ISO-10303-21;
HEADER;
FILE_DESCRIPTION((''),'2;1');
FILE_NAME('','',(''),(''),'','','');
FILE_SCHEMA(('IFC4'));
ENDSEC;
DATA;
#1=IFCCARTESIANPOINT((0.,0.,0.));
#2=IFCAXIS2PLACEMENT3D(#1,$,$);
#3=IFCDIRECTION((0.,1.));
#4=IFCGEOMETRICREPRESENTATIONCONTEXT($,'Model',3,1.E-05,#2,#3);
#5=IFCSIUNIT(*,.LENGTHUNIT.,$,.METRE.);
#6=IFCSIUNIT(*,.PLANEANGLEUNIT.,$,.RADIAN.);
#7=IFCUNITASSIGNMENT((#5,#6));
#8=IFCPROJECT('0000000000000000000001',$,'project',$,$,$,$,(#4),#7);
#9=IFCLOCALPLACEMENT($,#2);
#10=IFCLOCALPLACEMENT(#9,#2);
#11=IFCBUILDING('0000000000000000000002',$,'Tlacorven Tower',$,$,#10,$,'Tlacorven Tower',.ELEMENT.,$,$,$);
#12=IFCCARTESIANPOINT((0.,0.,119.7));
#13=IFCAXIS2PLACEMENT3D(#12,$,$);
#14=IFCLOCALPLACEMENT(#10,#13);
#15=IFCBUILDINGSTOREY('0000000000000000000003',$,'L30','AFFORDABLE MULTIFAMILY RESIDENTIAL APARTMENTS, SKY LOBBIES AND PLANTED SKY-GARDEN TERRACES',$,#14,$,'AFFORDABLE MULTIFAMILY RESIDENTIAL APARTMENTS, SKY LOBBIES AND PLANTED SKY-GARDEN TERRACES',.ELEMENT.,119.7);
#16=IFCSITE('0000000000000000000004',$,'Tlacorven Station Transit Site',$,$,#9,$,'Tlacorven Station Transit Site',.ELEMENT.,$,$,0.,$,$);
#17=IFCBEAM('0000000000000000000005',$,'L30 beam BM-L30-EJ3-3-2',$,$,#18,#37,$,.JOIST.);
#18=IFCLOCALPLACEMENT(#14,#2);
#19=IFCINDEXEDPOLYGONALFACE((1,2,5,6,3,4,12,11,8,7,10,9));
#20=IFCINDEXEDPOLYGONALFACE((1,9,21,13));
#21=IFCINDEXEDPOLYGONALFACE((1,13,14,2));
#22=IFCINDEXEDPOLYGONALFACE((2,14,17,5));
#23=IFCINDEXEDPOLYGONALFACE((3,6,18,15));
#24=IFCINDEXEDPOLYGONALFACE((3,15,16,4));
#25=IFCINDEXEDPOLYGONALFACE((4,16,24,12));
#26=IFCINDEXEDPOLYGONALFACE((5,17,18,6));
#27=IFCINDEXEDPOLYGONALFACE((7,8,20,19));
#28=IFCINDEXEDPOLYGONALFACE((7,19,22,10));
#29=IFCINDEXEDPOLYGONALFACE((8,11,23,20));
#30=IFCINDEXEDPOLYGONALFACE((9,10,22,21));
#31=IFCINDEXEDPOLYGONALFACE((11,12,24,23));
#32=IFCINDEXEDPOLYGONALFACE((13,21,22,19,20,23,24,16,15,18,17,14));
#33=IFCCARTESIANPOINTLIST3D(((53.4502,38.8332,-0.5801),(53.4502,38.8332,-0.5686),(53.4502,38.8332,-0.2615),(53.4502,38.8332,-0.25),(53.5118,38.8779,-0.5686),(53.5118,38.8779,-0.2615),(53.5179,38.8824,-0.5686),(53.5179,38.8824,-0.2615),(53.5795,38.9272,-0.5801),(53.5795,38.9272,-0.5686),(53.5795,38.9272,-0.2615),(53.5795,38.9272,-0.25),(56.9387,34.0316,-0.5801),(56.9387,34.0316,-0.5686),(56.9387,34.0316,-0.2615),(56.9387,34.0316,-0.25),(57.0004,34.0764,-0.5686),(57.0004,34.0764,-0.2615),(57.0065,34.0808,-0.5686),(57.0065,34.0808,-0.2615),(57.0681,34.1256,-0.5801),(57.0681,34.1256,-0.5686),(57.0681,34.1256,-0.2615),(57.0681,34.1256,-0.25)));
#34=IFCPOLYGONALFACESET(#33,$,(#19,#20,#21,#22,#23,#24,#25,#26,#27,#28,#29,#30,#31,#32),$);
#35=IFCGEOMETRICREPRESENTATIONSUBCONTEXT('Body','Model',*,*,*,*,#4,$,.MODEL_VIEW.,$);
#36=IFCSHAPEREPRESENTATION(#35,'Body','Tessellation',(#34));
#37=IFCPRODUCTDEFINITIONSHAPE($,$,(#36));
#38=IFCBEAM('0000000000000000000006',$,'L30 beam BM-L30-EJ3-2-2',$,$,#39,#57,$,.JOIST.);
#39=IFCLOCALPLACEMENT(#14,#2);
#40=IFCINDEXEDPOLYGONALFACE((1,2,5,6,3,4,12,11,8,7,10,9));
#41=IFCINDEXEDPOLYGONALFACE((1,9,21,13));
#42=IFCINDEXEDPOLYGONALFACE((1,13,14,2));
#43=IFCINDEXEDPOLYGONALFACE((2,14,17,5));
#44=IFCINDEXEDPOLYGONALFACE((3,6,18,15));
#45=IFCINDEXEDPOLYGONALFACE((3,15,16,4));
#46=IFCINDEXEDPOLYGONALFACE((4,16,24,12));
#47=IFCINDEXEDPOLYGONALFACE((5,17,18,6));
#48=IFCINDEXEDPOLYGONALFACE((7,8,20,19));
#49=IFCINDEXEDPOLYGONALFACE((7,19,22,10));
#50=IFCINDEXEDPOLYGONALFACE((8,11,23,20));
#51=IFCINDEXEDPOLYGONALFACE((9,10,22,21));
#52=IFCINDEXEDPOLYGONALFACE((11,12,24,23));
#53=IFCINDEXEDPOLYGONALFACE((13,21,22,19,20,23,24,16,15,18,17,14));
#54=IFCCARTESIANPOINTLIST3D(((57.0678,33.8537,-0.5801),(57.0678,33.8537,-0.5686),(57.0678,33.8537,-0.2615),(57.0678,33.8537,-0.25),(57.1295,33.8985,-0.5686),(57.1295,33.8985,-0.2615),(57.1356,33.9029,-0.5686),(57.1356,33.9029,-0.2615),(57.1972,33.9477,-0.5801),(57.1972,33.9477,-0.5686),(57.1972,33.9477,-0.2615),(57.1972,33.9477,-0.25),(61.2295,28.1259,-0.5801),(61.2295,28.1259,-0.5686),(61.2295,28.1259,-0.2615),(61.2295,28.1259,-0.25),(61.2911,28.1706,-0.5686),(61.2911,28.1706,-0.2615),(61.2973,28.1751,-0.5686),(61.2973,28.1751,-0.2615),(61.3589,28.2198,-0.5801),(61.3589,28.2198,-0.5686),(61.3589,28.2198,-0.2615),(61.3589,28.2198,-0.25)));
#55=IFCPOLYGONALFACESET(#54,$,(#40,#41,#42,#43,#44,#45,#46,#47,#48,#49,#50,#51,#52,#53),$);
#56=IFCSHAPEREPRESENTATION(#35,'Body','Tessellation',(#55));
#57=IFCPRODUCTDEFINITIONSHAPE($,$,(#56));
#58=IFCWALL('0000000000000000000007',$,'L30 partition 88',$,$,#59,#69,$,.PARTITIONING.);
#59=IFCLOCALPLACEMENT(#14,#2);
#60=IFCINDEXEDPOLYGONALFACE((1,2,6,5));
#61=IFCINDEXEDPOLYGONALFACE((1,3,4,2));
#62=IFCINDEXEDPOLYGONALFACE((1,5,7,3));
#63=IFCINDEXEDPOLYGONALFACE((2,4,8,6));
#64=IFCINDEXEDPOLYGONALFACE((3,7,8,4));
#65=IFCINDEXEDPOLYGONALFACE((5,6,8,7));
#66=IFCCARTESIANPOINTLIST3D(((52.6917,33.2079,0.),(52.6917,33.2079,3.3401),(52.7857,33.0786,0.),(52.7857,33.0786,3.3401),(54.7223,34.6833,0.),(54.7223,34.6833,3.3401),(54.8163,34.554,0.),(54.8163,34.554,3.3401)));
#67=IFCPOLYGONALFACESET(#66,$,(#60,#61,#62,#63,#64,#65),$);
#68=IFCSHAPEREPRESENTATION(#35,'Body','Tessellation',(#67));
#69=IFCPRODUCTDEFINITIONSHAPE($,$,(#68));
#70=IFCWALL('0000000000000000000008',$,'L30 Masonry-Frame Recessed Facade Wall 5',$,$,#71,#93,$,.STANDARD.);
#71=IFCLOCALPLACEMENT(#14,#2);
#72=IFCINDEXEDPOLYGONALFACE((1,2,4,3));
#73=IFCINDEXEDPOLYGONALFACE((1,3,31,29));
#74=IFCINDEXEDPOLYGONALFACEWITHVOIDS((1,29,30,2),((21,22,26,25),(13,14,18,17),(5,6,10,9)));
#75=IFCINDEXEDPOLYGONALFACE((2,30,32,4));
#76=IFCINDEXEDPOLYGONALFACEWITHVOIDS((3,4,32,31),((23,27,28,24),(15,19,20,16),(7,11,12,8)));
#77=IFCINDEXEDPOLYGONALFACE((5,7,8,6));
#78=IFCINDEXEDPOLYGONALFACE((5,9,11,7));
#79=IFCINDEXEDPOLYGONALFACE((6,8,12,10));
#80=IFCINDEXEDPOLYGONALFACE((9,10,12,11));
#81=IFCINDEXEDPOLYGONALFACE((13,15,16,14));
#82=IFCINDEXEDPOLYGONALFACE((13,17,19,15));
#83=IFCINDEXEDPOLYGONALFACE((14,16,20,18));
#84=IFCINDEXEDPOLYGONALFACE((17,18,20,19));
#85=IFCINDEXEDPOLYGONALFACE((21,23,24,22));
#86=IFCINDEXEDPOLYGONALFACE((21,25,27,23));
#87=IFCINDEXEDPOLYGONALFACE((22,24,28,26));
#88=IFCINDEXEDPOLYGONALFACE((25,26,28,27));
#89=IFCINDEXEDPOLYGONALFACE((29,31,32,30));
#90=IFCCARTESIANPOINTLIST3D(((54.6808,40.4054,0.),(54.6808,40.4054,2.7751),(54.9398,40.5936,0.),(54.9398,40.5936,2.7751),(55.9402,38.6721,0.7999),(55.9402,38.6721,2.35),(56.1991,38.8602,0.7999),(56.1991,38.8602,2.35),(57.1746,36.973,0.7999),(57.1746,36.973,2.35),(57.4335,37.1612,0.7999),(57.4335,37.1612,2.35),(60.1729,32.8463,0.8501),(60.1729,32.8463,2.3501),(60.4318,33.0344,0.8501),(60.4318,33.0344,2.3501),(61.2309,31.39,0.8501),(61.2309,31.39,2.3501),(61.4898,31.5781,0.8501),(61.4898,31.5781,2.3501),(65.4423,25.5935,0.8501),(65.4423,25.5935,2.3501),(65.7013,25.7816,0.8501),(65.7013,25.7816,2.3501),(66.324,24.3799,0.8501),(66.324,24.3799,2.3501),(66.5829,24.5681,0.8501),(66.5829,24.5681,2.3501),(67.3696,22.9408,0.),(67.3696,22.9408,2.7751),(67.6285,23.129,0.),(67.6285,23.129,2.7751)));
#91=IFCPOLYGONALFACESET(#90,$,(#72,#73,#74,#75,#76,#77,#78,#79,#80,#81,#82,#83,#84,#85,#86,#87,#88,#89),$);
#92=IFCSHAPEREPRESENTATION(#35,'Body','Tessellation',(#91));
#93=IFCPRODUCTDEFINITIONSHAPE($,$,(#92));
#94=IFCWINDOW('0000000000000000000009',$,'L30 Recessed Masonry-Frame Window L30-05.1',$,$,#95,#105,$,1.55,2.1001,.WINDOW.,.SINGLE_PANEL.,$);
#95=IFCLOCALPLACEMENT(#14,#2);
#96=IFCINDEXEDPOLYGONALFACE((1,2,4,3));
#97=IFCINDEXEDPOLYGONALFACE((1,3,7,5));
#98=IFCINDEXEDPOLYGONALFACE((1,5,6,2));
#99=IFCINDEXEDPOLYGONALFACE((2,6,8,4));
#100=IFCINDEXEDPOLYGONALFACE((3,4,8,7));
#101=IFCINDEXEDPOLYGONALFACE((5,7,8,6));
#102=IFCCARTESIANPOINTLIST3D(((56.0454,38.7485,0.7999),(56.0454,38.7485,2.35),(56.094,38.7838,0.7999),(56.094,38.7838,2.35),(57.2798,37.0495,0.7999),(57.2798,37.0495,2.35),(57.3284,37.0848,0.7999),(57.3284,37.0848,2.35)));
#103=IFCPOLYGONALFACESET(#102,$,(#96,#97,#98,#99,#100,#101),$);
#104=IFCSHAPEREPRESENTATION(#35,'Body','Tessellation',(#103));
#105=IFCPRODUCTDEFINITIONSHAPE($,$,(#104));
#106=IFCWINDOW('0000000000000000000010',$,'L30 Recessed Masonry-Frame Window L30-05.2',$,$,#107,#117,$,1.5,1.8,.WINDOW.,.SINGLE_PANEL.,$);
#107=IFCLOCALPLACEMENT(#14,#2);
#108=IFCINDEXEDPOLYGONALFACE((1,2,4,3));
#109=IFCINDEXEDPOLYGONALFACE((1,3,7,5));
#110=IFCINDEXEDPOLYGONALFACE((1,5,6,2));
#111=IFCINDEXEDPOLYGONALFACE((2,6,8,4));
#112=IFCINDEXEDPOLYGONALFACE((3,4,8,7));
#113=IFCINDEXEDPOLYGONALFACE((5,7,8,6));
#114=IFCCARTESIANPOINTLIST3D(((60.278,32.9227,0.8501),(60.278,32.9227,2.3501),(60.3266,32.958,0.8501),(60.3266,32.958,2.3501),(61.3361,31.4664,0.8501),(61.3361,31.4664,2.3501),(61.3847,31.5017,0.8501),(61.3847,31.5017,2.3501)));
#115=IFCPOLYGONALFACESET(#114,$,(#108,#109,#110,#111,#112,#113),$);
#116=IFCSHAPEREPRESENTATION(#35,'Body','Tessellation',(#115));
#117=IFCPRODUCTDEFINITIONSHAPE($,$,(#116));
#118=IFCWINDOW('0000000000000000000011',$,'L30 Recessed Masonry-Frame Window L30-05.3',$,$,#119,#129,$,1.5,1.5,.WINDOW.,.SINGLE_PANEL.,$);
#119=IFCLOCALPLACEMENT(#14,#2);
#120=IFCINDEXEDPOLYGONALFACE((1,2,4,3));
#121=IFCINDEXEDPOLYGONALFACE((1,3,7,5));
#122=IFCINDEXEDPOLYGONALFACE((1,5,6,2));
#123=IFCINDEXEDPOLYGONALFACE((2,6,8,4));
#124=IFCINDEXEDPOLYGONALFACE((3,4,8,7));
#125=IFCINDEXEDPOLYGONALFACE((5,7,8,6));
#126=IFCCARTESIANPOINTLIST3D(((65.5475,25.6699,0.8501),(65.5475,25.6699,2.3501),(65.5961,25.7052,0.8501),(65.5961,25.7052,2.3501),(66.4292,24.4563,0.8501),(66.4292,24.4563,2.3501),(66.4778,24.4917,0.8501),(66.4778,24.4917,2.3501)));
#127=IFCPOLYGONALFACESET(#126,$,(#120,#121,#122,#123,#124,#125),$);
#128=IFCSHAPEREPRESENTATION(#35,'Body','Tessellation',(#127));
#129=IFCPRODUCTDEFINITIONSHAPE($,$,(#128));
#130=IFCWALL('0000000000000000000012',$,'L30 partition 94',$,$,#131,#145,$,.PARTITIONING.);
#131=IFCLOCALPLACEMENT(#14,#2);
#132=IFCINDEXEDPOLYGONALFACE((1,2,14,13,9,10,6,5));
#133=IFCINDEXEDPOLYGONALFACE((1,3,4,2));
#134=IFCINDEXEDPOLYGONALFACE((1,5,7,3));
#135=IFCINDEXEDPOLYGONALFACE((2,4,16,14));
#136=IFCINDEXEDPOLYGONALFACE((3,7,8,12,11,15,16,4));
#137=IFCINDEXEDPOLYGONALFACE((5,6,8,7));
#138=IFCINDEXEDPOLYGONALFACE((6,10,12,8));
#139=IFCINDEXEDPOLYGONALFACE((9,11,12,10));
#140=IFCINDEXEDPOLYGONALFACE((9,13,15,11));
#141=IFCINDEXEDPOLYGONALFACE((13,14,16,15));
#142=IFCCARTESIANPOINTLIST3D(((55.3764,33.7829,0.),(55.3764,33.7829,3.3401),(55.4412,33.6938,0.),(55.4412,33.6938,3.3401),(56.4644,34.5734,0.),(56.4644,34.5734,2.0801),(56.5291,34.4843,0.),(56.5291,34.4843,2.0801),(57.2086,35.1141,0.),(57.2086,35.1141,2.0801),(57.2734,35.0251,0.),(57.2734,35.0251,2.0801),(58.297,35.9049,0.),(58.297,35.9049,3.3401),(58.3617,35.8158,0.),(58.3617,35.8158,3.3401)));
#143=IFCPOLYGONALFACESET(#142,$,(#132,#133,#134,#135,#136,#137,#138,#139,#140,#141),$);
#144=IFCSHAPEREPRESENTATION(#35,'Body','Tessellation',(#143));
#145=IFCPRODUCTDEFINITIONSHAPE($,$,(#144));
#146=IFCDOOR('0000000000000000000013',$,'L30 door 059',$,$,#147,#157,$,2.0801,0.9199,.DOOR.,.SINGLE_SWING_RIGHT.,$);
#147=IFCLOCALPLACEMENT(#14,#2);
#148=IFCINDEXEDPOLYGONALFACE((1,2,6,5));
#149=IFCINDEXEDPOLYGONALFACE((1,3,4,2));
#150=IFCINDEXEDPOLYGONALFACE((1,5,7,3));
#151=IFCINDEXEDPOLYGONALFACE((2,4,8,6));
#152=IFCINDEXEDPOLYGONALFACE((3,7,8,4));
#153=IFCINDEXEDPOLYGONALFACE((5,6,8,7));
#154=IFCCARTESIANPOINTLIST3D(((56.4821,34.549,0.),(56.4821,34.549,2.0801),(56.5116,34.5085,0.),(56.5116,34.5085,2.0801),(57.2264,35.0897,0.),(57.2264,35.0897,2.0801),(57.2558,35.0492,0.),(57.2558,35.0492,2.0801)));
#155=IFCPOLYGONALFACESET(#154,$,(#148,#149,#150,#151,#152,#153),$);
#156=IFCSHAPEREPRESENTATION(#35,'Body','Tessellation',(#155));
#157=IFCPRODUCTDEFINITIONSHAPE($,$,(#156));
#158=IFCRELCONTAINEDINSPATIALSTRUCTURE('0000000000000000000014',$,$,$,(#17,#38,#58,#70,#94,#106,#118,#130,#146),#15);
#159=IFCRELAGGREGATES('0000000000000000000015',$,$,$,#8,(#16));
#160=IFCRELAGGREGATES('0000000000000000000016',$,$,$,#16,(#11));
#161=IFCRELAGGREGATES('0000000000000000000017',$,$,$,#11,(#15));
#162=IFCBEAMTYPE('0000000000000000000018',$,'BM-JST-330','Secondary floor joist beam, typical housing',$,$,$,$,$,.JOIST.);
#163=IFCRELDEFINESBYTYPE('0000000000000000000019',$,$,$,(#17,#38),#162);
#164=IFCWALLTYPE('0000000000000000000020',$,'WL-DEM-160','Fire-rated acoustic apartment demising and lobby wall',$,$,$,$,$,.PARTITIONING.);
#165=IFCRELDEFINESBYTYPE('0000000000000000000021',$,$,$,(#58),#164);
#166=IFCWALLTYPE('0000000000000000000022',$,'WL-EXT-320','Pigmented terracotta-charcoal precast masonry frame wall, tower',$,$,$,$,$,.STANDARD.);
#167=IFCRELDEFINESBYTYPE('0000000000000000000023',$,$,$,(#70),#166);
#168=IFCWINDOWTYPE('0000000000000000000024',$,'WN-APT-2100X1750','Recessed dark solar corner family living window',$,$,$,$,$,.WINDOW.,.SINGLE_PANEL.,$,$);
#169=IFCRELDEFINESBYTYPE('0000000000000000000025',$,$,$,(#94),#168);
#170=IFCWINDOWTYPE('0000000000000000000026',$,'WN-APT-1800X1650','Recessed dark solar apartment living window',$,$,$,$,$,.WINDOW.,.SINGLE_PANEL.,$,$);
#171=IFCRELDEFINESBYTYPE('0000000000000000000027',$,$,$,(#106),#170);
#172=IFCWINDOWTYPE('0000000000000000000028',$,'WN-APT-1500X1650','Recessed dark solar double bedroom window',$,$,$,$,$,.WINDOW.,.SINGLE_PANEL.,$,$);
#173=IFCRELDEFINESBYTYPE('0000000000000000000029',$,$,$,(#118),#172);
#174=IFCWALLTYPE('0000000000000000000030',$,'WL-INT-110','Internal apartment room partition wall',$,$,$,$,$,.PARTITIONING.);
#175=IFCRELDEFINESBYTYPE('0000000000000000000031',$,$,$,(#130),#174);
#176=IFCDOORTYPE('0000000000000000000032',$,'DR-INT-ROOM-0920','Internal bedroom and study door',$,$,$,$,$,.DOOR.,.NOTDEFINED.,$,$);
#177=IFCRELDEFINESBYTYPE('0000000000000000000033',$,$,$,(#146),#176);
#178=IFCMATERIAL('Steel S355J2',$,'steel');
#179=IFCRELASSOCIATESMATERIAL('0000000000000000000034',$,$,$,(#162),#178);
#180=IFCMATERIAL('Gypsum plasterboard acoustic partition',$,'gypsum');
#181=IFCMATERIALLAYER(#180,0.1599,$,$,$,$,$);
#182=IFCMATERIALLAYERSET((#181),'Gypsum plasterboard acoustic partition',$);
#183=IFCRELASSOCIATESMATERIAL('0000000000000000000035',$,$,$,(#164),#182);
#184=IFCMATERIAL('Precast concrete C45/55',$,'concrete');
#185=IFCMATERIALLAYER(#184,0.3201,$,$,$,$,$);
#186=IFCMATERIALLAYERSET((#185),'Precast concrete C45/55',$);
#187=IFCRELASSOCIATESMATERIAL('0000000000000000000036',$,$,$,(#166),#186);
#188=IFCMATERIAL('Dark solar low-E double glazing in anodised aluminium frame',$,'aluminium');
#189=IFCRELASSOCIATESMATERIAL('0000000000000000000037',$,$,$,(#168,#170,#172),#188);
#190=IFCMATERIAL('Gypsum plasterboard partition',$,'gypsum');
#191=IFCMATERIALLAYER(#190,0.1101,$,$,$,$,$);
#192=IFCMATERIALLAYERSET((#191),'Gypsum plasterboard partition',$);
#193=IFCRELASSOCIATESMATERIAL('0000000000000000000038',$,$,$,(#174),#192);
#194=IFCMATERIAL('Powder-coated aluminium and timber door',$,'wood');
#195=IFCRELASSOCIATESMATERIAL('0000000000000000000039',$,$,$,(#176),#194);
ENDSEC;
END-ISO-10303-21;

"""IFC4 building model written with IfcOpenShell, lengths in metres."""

from ifc_helpers import new_model, si_unit, direction, frame, frame_2d, origin, origin_2d, place, context, subcontext, project, spatial, rectangle, i_section, extrude, source, transform, mapped, material, layer, layer_set, material_profile, profile_set, type_object, element, fill, save


model = new_model("IFC4")

# Units and contexts
model_context = context("Model", 3, precision=1e-05, world=origin(), true_north=direction((0.0, 1.0)))
body_context = subcontext(model_context, "Body", "Model", "MODEL_VIEW")
ifc_project = project(units=[si_unit("LENGTHUNIT", "METRE"), si_unit("PLANEANGLEUNIT", "RADIAN")], contexts=[model_context])

# Site, building, storey
site_placement = place(None, origin())
site = spatial("IfcSite", under=ifc_project, at=site_placement, Name="Tlacorven Station Transit Site", LongName="Tlacorven Station Transit Site", CompositionType="ELEMENT", RefElevation=0.0)
building_placement = place(site_placement, origin())
building = spatial("IfcBuilding", under=site, at=building_placement, Name="Tlacorven Tower", LongName="Tlacorven Tower", CompositionType="ELEMENT")
storey_placement = place(building_placement, frame((0.0, 0.0, 119.7)))
storey = spatial("IfcBuildingStorey", under=building, at=storey_placement, Name="L30", Description="AFFORDABLE MULTIFAMILY RESIDENTIAL APARTMENTS, SKY LOBBIES AND PLANTED SKY-GARDEN TERRACES", LongName="AFFORDABLE MULTIFAMILY RESIDENTIAL APARTMENTS, SKY LOBBIES AND PLANTED SKY-GARDEN TERRACES", CompositionType="ELEMENT", Elevation=119.7)

# Beams
ifc_material_1 = material(Name="Steel S355J2", Category="steel")
ifc_material_profile_1 = material_profile(ifc_material_1, i_section(OverallWidth=0.1599, OverallDepth=0.3301, WebThickness=0.0076, FlangeThickness=0.0115, at=origin_2d()), Name="IPE 330")
ifc_profile_set_1 = profile_set([ifc_material_profile_1], Name="Steel S355J2")
beam_type_1 = type_object("IfcBeamType", Name="BM-JST-330", Description="Secondary floor joist beam, typical housing", PredefinedType="JOIST", material=ifc_profile_set_1)
shared_shape_1 = source(origin(), body_context, "Body", "SweptSolid", [
    extrude(i_section(OverallWidth=0.1599, OverallDepth=0.3301, WebThickness=0.0076, FlangeThickness=0.0115, at=origin_2d()), origin(), (0.0, 0.0, 1.0), 5.9351),
])
for number, where, z_axis, x_axis, name in (
    (1, (57.0034, 34.0786, -0.415), (-0.587788, 0.809015, 0.0), (-0.809015, -0.587788, 0.0), "L30 beam BM-L30-EJ3-3-2"),
):
    element("IfcBeam", number, at=place(storey_placement, frame(where, z_axis=z_axis, x_axis=x_axis)), inside=storey, type_object=beam_type_1, Name=name, PredefinedType="JOIST", context=body_context, shape_type="MappedRepresentation", body=[
        mapped(shared_shape_1, transform((0.0, 0.0, 0.0), scale=1.0)),
    ])
shared_shape_2 = source(origin(), body_context, "Body", "SweptSolid", [
    extrude(i_section(OverallWidth=0.1599, OverallDepth=0.3301, WebThickness=0.0076, FlangeThickness=0.0115, at=origin_2d()), origin(), (0.0, 0.0, 1.0), 7.0801),
])
beam_1_placement = place(storey_placement, frame((61.2942, 28.1729, -0.415), z_axis=(-0.587798, 0.809007, 0.0), x_axis=(-0.809007, -0.587798, 0.0)))
element("IfcBeam", 2, at=beam_1_placement, inside=storey, type_object=beam_type_1, Name="L30 beam BM-L30-EJ3-2-2", PredefinedType="JOIST", context=body_context, shape_type="MappedRepresentation", body=[
    mapped(shared_shape_2, transform((0.0, 0.0, 0.0), scale=1.0)),
])

# Wall
ifc_material_2 = material(Name="Gypsum plasterboard acoustic partition", Category="gypsum")
ifc_layer_1 = layer(ifc_material_2, 0.1599)
ifc_layer_set_1 = layer_set([ifc_layer_1], Name="Gypsum plasterboard acoustic partition")
wall_type_1 = type_object("IfcWallType", Name="WL-DEM-160", Description="Fire-rated acoustic apartment demising and lobby wall", PredefinedType="PARTITIONING", material=ifc_layer_set_1)
wall_1_placement = place(storey_placement, frame((52.7388, 33.1433, 0.0), z_axis=(0.0, 0.0, 1.0), x_axis=(0.809001, 0.587807, 0.0)))
element("IfcWall", 3, at=wall_1_placement, inside=storey, type_object=wall_type_1, Name="L30 partition 88", PredefinedType="PARTITIONING", context=body_context, shape_type="SweptSolid", body=[
    extrude(rectangle(XDim=2.51, YDim=0.1599, at=frame_2d((1.2549, 0.0))), origin(), (0.0, 0.0, 1.0), 3.3401),
])

# Wall, openings, windows
ifc_material_3 = material(Name="Precast concrete C45/55", Category="concrete")
ifc_layer_2 = layer(ifc_material_3, 0.3201)
ifc_layer_set_2 = layer_set([ifc_layer_2], Name="Precast concrete C45/55")
wall_type_2 = type_object("IfcWallType", Name="WL-EXT-320", Description="Pigmented terracotta-charcoal precast masonry frame wall, tower", PredefinedType="STANDARD", material=ifc_layer_set_2)
wall_2_placement = place(storey_placement, frame((54.8103, 40.4995, 0.0), z_axis=(0.0, 0.0, 1.0), x_axis=(0.587784, -0.809018, 0.0)))
wall_2 = element("IfcWall", 4, at=wall_2_placement, inside=storey, type_object=wall_type_2, Name="L30 Masonry-Frame Recessed Facade Wall 5", PredefinedType="STANDARD", context=body_context, shape_type="SweptSolid", body=[
    extrude(rectangle(XDim=21.5874, YDim=0.3201, at=frame_2d((10.7937, 0.0))), origin(), (0.0, 0.0, 1.0), 2.7751),
])
opening_1_placement = place(wall_2_placement, frame((2.1426, 0.0, 0.8)))
opening_1 = element("IfcOpeningElement", 5, at=opening_1_placement, cuts=wall_2, PredefinedType="OPENING", context=body_context, shape_type="SweptSolid", body=[
    extrude(rectangle(XDim=2.1001, YDim=1.55, at=frame_2d((1.05, 0.7749))), frame((0.0, 0.1699, 0.0), z_axis=(0.0, -1.0, 0.0), x_axis=(1.0, 0.0, 0.0)), (0.0, 0.0, 1.0), 0.3401),
])
opening_2_placement = place(wall_2_placement, frame((9.3438, 0.0, 0.8501)))
opening_2 = element("IfcOpeningElement", 6, at=opening_2_placement, cuts=wall_2, PredefinedType="OPENING", context=body_context, shape_type="SweptSolid", body=[
    extrude(rectangle(XDim=1.8, YDim=1.5, at=frame_2d((0.8999, 0.75))), frame((0.0, 0.1699, 0.0), z_axis=(0.0, -1.0, 0.0), x_axis=(1.0, 0.0, 0.0)), (0.0, 0.0, 1.0), 0.3401),
])
opening_3_placement = place(wall_2_placement, frame((18.3086, 0.0, 0.8501)))
opening_3 = element("IfcOpeningElement", 7, at=opening_3_placement, cuts=wall_2, PredefinedType="OPENING", context=body_context, shape_type="SweptSolid", body=[
    extrude(rectangle(XDim=1.5, YDim=1.5, at=frame_2d((0.75, 0.75))), frame((0.0, 0.1699, 0.0), z_axis=(0.0, -1.0, 0.0), x_axis=(1.0, 0.0, 0.0)), (0.0, 0.0, 1.0), 0.3401),
])
ifc_material_4 = material(Name="Dark solar low-E double glazing in anodised aluminium frame", Category="aluminium")
window_type_1 = type_object("IfcWindowType", Name="WN-APT-2100X1750", Description="Recessed dark solar corner family living window", PartitioningType="SINGLE_PANEL", PredefinedType="WINDOW", material=ifc_material_4)
shared_shape_3 = source(origin(), body_context, "Body", "SweptSolid", [
    extrude(rectangle(XDim=2.1001, YDim=1.55, at=frame_2d((1.05, 0.7749))), frame((0.0, 0.03, 0.0), z_axis=(0.0, -1.0, 0.0), x_axis=(1.0, 0.0, 0.0)), (0.0, 0.0, 1.0), 0.0601),
])
window_1_placement = place(opening_1_placement, origin())
window_1 = element("IfcWindow", 8, at=window_1_placement, inside=storey, type_object=window_type_1, Name="L30 Recessed Masonry-Frame Window L30-05.1", OverallHeight=1.55, OverallWidth=2.1001, PartitioningType="SINGLE_PANEL", PredefinedType="WINDOW", context=body_context, shape_type="MappedRepresentation", body=[
    mapped(shared_shape_3, transform((0.0, 0.0, 0.0), scale=1.0)),
])
fill(opening_1, window_1)
window_type_2 = type_object("IfcWindowType", Name="WN-APT-1800X1650", Description="Recessed dark solar apartment living window", PartitioningType="SINGLE_PANEL", PredefinedType="WINDOW", material=ifc_material_4)
shared_shape_4 = source(origin(), body_context, "Body", "SweptSolid", [
    extrude(rectangle(XDim=1.8, YDim=1.5, at=frame_2d((0.8999, 0.75))), frame((0.0, 0.03, 0.0), z_axis=(0.0, -1.0, 0.0), x_axis=(1.0, 0.0, 0.0)), (0.0, 0.0, 1.0), 0.0601),
])
window_2_placement = place(opening_2_placement, origin())
window_2 = element("IfcWindow", 9, at=window_2_placement, inside=storey, type_object=window_type_2, Name="L30 Recessed Masonry-Frame Window L30-05.2", OverallHeight=1.5, OverallWidth=1.8, PartitioningType="SINGLE_PANEL", PredefinedType="WINDOW", context=body_context, shape_type="MappedRepresentation", body=[
    mapped(shared_shape_4, transform((0.0, 0.0, 0.0), scale=1.0)),
])
fill(opening_2, window_2)
window_type_3 = type_object("IfcWindowType", Name="WN-APT-1500X1650", Description="Recessed dark solar double bedroom window", PartitioningType="SINGLE_PANEL", PredefinedType="WINDOW", material=ifc_material_4)
shared_shape_5 = source(origin(), body_context, "Body", "SweptSolid", [
    extrude(rectangle(XDim=1.5, YDim=1.5, at=frame_2d((0.75, 0.75))), frame((0.0, 0.03, 0.0), z_axis=(0.0, -1.0, 0.0), x_axis=(1.0, 0.0, 0.0)), (0.0, 0.0, 1.0), 0.0601),
])
window_3_placement = place(opening_3_placement, origin())
window_3 = element("IfcWindow", 10, at=window_3_placement, inside=storey, type_object=window_type_3, Name="L30 Recessed Masonry-Frame Window L30-05.3", OverallHeight=1.5, OverallWidth=1.5, PartitioningType="SINGLE_PANEL", PredefinedType="WINDOW", context=body_context, shape_type="MappedRepresentation", body=[
    mapped(shared_shape_5, transform((0.0, 0.0, 0.0), scale=1.0)),
])
fill(opening_3, window_3)

# Wall, opening, door
ifc_material_5 = material(Name="Gypsum plasterboard partition", Category="gypsum")
ifc_layer_3 = layer(ifc_material_5, 0.1101)
ifc_layer_set_3 = layer_set([ifc_layer_3], Name="Gypsum plasterboard partition")
wall_type_3 = type_object("IfcWallType", Name="WL-INT-110", Description="Internal apartment room partition wall", PredefinedType="PARTITIONING", material=ifc_layer_set_3)
wall_3_placement = place(storey_placement, frame((55.4087, 33.7383, 0.0), z_axis=(0.0, 0.0, 1.0), x_axis=(0.809005, 0.587802, 0.0)))
wall_3 = element("IfcWall", 11, at=wall_3_placement, inside=storey, type_object=wall_type_3, Name="L30 partition 94", PredefinedType="PARTITIONING", context=body_context, shape_type="SweptSolid", body=[
    extrude(rectangle(XDim=3.6101, YDim=0.1101, at=frame_2d((1.8052, 0.0))), origin(), (0.0, 0.0, 1.0), 3.3401),
])
opening_4_placement = place(wall_3_placement, frame((1.345, 0.0, 0.0)))
opening_4 = element("IfcOpeningElement", 12, at=opening_4_placement, cuts=wall_3, PredefinedType="OPENING", context=body_context, shape_type="SweptSolid", body=[
    extrude(rectangle(XDim=0.9199, YDim=2.0801, at=frame_2d((0.46, 1.04))), frame((0.0, 0.0649, 0.0), z_axis=(0.0, -1.0, 0.0), x_axis=(1.0, 0.0, 0.0)), (0.0, 0.0, 1.0), 0.1301),
])
ifc_material_6 = material(Name="Powder-coated aluminium and timber door", Category="wood")
door_type = type_object("IfcDoorType", Name="DR-INT-ROOM-0920", Description="Internal bedroom and study door", OperationType="NOTDEFINED", PredefinedType="DOOR", material=ifc_material_6)
shared_shape_6 = source(origin(), body_context, "Body", "SweptSolid", [
    extrude(rectangle(XDim=0.9199, YDim=2.0801, at=frame_2d((0.46, 1.04))), frame((0.0, 0.0249, 0.0), z_axis=(0.0, -1.0, 0.0), x_axis=(1.0, 0.0, 0.0)), (0.0, 0.0, 1.0), 0.05),
])
door_placement = place(opening_4_placement, origin())
door = element("IfcDoor", 13, at=door_placement, inside=storey, type_object=door_type, Name="L30 door 059", OperationType="SINGLE_SWING_RIGHT", OverallHeight=2.0801, OverallWidth=0.9199, PredefinedType="DOOR", context=body_context, shape_type="MappedRepresentation", body=[
    mapped(shared_shape_6, transform((0.0, 0.0, 0.0), scale=1.0)),
])
fill(opening_4, door)

save(model, "model.ifc")
